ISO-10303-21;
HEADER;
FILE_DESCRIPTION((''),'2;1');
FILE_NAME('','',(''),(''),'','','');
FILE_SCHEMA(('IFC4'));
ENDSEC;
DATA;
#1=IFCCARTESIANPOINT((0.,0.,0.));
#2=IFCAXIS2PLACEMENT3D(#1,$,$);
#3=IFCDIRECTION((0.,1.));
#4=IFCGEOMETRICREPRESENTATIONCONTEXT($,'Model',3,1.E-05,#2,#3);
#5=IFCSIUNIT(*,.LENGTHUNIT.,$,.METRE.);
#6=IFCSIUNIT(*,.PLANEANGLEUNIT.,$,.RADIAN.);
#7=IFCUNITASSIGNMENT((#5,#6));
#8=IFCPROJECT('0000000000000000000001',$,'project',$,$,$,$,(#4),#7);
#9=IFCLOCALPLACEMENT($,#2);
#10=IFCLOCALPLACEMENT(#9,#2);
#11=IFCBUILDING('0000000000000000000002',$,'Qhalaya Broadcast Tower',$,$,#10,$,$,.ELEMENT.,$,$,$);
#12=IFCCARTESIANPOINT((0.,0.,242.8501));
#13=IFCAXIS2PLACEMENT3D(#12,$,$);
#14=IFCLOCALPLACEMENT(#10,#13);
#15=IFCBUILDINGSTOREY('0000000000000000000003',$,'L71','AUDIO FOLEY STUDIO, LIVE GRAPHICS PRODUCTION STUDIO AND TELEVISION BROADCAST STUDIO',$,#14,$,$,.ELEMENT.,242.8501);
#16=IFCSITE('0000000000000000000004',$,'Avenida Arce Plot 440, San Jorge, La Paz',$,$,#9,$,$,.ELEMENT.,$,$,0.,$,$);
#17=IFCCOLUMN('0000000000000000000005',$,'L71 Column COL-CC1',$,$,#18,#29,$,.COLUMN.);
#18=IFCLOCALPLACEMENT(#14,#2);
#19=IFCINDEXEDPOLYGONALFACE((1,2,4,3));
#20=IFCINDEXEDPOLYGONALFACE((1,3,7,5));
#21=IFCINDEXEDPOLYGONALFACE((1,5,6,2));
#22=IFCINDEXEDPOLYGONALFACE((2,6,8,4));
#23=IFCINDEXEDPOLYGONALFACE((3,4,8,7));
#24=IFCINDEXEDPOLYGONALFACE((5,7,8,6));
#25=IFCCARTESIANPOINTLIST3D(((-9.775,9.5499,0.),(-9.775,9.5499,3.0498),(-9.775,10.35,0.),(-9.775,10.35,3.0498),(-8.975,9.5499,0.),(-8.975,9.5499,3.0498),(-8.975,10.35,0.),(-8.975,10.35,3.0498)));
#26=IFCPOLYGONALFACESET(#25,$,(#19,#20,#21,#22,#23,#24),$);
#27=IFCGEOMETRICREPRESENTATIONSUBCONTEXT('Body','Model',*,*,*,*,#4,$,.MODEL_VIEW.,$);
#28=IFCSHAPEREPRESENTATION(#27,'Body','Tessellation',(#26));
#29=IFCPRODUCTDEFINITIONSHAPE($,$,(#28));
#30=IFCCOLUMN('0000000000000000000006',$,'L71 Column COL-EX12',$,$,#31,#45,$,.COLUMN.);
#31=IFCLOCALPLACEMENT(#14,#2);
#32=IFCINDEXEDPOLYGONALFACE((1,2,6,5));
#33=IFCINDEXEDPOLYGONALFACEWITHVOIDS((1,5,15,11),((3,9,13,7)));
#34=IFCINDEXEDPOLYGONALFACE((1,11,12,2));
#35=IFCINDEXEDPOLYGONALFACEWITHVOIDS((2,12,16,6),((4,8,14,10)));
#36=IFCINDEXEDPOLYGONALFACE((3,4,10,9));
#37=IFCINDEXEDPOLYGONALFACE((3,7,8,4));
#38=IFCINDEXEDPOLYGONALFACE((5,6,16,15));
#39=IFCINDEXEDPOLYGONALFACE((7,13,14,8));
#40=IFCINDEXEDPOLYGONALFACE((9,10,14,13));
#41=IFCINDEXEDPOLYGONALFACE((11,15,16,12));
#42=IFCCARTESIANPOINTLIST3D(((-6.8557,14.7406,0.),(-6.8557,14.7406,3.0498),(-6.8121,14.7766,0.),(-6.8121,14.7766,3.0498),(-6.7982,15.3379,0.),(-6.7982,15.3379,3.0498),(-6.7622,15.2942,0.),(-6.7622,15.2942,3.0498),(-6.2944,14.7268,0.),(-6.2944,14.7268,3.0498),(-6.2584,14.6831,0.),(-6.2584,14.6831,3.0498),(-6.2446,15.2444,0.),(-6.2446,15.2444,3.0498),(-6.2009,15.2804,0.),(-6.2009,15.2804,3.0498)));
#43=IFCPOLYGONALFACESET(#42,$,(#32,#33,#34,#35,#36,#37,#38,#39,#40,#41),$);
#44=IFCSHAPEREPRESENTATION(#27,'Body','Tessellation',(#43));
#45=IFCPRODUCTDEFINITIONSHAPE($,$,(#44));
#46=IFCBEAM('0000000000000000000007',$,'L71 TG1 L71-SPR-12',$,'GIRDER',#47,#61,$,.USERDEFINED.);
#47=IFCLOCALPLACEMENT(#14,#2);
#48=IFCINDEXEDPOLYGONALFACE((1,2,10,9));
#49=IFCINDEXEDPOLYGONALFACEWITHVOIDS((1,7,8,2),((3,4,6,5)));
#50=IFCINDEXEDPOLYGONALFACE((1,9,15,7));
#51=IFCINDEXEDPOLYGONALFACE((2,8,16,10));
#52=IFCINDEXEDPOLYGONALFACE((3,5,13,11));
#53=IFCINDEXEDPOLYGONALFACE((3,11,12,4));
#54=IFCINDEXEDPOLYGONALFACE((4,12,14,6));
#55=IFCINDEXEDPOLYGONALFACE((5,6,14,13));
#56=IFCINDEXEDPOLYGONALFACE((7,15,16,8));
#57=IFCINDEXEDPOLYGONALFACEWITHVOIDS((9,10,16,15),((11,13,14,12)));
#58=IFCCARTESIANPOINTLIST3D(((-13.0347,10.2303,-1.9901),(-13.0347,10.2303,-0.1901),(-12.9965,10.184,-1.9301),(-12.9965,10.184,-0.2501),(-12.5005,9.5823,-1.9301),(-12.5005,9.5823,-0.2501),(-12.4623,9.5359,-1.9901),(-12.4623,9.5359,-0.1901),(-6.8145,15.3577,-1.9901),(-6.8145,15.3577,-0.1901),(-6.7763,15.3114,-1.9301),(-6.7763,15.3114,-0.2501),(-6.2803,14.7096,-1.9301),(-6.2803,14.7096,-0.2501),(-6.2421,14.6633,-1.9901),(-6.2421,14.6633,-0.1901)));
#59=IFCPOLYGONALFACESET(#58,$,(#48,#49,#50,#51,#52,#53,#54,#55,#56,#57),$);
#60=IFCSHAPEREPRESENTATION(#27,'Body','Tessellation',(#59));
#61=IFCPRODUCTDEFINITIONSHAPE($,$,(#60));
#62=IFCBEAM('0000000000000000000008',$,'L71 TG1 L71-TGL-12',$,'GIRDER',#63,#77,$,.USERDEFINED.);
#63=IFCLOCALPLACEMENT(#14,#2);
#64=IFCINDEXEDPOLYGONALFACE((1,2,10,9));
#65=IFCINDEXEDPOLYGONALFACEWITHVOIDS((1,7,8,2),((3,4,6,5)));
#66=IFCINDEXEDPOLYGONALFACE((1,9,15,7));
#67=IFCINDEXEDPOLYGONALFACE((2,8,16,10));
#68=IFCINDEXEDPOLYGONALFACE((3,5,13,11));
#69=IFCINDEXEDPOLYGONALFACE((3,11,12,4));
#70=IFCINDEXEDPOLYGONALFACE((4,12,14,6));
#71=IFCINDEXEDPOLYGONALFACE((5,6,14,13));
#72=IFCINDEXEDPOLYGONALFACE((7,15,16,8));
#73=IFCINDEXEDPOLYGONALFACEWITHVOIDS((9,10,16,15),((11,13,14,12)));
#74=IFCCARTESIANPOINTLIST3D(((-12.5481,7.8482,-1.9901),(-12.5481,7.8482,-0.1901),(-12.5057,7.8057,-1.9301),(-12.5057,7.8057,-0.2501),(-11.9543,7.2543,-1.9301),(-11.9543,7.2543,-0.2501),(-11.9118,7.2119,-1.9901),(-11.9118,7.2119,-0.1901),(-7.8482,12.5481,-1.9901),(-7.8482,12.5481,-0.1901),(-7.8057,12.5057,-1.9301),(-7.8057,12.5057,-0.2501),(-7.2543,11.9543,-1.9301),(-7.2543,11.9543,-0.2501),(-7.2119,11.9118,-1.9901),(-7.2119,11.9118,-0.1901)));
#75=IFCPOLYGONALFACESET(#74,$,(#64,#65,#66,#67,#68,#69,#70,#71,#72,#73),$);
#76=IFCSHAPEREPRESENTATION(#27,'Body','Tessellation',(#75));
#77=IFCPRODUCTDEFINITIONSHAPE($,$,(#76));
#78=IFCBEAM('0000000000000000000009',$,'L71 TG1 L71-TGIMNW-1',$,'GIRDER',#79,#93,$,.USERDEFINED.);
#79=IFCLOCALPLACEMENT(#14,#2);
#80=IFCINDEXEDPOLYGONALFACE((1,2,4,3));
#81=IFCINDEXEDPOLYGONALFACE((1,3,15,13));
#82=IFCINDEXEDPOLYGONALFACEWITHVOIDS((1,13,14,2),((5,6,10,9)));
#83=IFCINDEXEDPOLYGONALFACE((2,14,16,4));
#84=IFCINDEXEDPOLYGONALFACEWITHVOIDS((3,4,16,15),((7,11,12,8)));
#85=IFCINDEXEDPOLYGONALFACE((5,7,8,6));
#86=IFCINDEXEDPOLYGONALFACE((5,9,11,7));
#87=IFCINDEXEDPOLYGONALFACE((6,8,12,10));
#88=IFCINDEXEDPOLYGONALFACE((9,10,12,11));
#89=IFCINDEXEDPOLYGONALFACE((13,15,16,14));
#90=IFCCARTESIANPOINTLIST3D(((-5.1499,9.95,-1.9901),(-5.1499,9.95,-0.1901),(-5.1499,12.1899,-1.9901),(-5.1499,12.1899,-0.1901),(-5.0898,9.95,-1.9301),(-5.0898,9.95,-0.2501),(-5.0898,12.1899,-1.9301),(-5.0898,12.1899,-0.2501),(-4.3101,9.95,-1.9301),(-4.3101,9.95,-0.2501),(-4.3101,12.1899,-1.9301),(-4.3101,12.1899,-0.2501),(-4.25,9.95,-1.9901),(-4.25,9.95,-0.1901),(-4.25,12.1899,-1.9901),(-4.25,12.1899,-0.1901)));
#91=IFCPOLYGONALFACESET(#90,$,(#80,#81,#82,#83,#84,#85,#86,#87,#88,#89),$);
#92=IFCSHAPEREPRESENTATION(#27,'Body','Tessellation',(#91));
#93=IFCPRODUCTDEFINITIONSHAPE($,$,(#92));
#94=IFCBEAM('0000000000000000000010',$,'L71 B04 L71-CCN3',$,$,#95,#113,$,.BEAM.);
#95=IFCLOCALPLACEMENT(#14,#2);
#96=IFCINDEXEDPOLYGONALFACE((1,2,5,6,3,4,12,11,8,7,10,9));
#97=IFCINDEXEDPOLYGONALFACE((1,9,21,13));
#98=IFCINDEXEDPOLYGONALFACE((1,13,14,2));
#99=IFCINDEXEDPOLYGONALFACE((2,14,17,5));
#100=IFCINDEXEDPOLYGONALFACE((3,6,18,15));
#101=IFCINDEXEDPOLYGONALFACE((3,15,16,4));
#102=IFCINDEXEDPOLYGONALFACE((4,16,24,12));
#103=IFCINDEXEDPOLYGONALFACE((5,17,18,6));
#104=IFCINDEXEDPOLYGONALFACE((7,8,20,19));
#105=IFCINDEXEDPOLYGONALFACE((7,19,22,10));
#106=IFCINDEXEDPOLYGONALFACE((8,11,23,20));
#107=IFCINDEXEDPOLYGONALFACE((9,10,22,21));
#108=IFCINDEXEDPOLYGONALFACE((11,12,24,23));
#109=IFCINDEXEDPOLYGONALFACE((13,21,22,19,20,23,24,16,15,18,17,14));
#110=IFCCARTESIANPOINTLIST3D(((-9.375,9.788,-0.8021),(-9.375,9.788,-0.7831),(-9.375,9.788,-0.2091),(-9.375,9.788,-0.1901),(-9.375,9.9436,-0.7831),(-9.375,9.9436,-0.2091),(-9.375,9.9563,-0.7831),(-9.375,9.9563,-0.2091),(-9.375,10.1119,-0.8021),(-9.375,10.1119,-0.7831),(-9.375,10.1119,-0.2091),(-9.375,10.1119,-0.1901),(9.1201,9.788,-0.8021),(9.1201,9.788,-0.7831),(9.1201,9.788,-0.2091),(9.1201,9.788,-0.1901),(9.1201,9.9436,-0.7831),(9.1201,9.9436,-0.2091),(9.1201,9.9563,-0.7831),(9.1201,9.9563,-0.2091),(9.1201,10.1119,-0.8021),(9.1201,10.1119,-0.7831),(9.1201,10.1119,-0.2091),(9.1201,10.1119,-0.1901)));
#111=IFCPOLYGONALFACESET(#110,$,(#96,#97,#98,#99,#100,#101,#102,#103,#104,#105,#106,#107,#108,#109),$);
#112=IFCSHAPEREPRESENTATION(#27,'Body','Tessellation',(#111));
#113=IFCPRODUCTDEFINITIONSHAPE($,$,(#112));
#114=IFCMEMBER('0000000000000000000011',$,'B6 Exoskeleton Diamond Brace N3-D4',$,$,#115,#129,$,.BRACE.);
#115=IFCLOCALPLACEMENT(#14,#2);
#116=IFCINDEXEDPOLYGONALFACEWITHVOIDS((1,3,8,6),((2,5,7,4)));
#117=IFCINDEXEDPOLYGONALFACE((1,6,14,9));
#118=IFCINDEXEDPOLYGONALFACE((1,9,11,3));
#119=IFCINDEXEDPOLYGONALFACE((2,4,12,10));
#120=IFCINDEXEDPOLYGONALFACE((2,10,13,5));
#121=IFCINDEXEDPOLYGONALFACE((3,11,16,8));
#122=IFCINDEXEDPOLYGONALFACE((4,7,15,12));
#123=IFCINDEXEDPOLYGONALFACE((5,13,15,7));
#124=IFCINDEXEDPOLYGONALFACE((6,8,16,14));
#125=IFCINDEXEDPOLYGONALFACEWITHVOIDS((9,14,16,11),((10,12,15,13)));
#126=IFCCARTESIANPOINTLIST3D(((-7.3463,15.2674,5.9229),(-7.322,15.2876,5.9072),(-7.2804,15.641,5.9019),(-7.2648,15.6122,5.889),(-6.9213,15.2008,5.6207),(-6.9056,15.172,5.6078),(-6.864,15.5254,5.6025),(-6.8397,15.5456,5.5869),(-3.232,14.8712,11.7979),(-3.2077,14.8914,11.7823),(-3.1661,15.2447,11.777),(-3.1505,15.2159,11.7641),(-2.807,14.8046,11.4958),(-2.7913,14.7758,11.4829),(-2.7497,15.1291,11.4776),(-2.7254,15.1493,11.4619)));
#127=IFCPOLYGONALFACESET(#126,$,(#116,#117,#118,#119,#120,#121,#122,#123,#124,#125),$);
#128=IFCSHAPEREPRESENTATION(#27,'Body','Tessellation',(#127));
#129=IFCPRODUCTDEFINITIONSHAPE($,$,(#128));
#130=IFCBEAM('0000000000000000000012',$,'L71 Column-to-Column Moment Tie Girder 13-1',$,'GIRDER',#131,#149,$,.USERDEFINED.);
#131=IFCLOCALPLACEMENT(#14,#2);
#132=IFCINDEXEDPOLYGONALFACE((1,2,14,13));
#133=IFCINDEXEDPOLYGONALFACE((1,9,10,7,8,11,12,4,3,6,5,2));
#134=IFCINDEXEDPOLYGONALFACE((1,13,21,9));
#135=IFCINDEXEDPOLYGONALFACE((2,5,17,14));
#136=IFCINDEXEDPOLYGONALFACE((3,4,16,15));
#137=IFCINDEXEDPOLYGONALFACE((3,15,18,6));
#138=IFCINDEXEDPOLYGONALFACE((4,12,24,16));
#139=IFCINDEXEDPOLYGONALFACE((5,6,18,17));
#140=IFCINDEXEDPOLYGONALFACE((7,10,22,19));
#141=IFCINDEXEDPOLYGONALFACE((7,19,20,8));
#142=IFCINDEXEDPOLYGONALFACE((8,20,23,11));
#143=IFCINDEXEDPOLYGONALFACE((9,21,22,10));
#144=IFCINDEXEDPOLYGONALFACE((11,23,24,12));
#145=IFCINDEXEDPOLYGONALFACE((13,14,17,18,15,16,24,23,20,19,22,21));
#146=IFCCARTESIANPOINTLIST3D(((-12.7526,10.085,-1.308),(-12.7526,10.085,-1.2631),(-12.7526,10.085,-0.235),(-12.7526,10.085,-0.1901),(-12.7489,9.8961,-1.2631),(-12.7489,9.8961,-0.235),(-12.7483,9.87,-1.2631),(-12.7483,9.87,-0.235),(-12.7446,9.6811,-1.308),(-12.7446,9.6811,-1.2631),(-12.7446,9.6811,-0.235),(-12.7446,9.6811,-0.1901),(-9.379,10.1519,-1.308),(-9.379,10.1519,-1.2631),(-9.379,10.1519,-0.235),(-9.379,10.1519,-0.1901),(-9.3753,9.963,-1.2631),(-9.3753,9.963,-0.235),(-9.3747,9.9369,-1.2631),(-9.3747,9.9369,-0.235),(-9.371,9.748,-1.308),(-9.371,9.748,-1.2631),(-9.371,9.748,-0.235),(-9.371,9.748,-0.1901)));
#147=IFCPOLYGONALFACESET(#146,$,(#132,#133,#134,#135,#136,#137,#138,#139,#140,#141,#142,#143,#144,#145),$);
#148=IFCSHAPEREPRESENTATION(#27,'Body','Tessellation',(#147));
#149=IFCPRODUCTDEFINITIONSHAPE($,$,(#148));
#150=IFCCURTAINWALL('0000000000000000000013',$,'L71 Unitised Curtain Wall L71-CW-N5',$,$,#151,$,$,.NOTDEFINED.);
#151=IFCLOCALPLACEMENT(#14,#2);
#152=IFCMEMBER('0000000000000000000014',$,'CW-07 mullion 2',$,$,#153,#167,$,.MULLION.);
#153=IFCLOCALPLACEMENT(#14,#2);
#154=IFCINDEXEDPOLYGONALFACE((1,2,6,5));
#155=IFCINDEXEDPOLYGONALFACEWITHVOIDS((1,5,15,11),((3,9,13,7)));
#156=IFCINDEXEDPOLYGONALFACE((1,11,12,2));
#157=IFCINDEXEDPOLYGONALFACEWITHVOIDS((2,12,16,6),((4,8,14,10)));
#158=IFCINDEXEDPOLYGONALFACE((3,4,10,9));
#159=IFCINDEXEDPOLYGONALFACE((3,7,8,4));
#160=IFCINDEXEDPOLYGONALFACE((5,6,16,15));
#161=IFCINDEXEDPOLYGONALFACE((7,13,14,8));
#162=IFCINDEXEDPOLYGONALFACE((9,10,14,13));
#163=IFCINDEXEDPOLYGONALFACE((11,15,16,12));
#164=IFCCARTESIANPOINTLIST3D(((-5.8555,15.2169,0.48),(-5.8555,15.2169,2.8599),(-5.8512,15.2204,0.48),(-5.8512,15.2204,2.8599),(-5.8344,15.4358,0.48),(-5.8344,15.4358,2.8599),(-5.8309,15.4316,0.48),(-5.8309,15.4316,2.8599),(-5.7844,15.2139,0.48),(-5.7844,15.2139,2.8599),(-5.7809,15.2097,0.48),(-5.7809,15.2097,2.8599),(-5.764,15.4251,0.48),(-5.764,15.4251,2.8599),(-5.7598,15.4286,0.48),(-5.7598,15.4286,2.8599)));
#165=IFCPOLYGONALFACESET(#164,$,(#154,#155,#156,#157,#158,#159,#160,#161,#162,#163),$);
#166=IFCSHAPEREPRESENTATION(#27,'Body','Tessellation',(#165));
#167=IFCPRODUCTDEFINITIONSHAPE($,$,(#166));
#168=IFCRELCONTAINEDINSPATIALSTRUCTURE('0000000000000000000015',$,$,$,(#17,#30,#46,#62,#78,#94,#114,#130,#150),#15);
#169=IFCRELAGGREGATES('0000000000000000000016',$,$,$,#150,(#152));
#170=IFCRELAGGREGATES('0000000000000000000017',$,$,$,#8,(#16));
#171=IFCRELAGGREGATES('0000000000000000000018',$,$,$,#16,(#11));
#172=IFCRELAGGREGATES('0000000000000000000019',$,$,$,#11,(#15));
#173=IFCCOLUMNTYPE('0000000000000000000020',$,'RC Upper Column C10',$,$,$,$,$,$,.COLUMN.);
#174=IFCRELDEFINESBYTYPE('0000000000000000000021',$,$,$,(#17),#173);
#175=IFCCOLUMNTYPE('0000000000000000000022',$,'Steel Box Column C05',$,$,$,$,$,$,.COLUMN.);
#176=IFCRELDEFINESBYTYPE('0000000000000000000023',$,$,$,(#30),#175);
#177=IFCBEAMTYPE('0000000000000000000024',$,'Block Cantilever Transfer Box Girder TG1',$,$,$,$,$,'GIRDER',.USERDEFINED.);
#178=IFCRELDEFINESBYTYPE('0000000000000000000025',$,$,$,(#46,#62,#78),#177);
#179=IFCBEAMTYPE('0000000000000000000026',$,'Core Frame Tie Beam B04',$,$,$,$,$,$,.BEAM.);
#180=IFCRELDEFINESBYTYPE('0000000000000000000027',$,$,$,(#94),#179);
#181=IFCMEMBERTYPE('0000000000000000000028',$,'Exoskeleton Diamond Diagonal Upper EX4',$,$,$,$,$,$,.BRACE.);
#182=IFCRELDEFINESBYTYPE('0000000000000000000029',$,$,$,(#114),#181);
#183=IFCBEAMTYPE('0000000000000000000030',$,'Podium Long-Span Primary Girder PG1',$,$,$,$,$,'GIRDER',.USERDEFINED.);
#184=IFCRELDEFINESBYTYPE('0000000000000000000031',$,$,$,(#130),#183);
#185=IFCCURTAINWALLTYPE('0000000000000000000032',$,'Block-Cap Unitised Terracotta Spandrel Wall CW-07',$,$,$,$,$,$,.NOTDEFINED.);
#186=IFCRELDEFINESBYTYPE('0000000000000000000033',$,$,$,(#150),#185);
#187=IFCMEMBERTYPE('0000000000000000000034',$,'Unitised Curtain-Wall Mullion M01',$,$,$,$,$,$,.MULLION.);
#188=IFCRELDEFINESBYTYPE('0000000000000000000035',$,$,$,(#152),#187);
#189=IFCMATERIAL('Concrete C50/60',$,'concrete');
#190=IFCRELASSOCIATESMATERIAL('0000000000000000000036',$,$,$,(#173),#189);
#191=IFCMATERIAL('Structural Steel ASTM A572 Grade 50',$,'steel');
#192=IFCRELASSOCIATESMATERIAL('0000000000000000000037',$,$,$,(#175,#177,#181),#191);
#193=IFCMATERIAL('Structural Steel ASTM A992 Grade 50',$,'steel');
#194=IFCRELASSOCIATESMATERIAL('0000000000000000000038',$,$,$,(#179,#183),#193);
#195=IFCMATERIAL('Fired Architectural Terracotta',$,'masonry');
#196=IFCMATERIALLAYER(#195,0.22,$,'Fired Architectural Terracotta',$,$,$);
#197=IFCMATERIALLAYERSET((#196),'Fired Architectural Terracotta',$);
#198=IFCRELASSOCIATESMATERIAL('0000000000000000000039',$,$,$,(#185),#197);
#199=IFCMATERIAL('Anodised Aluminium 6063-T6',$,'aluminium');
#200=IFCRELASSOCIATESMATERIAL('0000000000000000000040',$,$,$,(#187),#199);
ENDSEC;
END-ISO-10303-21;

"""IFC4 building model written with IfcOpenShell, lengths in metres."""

from ifc_helpers import new_model, si_unit, direction, frame, origin, origin_2d, place, context, subcontext, project, spatial, rectangle, hollow_rectangle, i_section, extrude, material, layer, layer_set, material_profile, profile_set, type_object, element, aggregate, save


model = new_model("IFC4")

# Units and contexts
model_context = context("Model", 3, precision=1e-05, world=origin(), true_north=direction((0.0, 1.0)))
body_context = subcontext(model_context, "Body", "Model", "MODEL_VIEW")
ifc_project = project(units=[si_unit("LENGTHUNIT", "METRE"), si_unit("PLANEANGLEUNIT", "RADIAN")], contexts=[model_context])

# Site, building, storey
site_placement = place(None, origin())
site = spatial("IfcSite", under=ifc_project, at=site_placement, Name="Avenida Arce Plot 440, San Jorge, La Paz", CompositionType="ELEMENT", RefElevation=0.0)
building_placement = place(site_placement, origin())
building = spatial("IfcBuilding", under=site, at=building_placement, Name="Qhalaya Broadcast Tower", CompositionType="ELEMENT")
storey_placement = place(building_placement, frame((0.0, 0.0, 242.8501)))
storey = spatial("IfcBuildingStorey", under=building, at=storey_placement, Name="L71", Description="AUDIO FOLEY STUDIO, LIVE GRAPHICS PRODUCTION STUDIO AND TELEVISION BROADCAST STUDIO", CompositionType="ELEMENT", Elevation=242.8501)

# Columns
ifc_material_1 = material(Name="Concrete C50/60", Category="concrete")
ifc_material_profile_1 = material_profile(ifc_material_1, rectangle(XDim=0.8, YDim=0.8, at=origin_2d()), Name="RC-COL 800x800")
ifc_profile_set_1 = profile_set([ifc_material_profile_1], Name="Concrete C50/60")
column_type_1 = type_object("IfcColumnType", Name="RC Upper Column C10", PredefinedType="COLUMN", material=ifc_profile_set_1)
column_1_placement = place(storey_placement, frame((-9.375, 9.95, 0.0), z_axis=(0.0, 0.0, 1.0), x_axis=(1.0, 0.0, 0.0)))
element("IfcColumn", 1, at=column_1_placement, inside=storey, type_object=column_type_1, Name="L71 Column COL-CC1", PredefinedType="COLUMN", context=body_context, shape_type="SweptSolid", body=[
    extrude(rectangle(XDim=0.8, YDim=0.8, at=origin_2d()), origin(), (0.0, 0.0, 1.0), 3.0498),
])
ifc_material_2 = material(Name="Structural Steel ASTM A572 Grade 50", Category="steel")
ifc_material_profile_2 = material_profile(ifc_material_2, hollow_rectangle(XDim=0.6001, YDim=0.6001, WallThickness=0.04, at=origin_2d()), Name="BOX 600x600x40")
ifc_profile_set_2 = profile_set([ifc_material_profile_2], Name="Structural Steel ASTM A572 Grade 50")
column_type_2 = type_object("IfcColumnType", Name="Steel Box Column C05", PredefinedType="COLUMN", material=ifc_profile_set_2)
column_2_placement = place(storey_placement, frame((-6.5283, 15.0105, 0.0), z_axis=(0.0, 0.0, 1.0), x_axis=(0.995396, -0.095846, 0.0)))
element("IfcColumn", 2, at=column_2_placement, inside=storey, type_object=column_type_2, Name="L71 Column COL-EX12", PredefinedType="COLUMN", context=body_context, shape_type="SweptSolid", body=[
    extrude(hollow_rectangle(XDim=0.6001, YDim=0.6001, WallThickness=0.04, at=origin_2d()), origin(), (0.0, 0.0, 1.0), 3.0498),
])

# Beams
ifc_material_profile_3 = material_profile(ifc_material_2, hollow_rectangle(XDim=0.8999, YDim=1.8, WallThickness=0.0601, at=origin_2d()), Name="BOX 900x1800x60")
ifc_profile_set_3 = profile_set([ifc_material_profile_3], Name="Structural Steel ASTM A572 Grade 50")
beam_type_1 = type_object("IfcBeamType", Name="Block Cantilever Transfer Box Girder TG1", ElementType="GIRDER", PredefinedType="USERDEFINED", material=ifc_profile_set_3)
beam_1_placement = place(storey_placement, frame((-6.5283, 15.0105, -1.0901), z_axis=(-0.771631, -0.63607, 0.0), x_axis=(0.63607, -0.771631, 0.0)))
element("IfcBeam", 3, at=beam_1_placement, inside=storey, type_object=beam_type_1, Name="L71 TG1 L71-SPR-12", ObjectType="GIRDER", PredefinedType="USERDEFINED", context=body_context, shape_type="SweptSolid", body=[
    extrude(hollow_rectangle(XDim=0.8999, YDim=1.8, WallThickness=0.0601, at=origin_2d()), origin(), (0.0, 0.0, 1.0), 8.061),
])
beam_2_placement = place(storey_placement, frame((-7.53, 12.23, -1.0901), z_axis=(-0.707107, -0.707107, 0.0), x_axis=(0.707107, -0.707107, 0.0)))
element("IfcBeam", 4, at=beam_2_placement, inside=storey, type_object=beam_type_1, Name="L71 TG1 L71-TGL-12", ObjectType="GIRDER", PredefinedType="USERDEFINED", context=body_context, shape_type="SweptSolid", body=[
    extrude(hollow_rectangle(XDim=0.8999, YDim=1.8, WallThickness=0.0601, at=origin_2d()), origin(), (0.0, 0.0, 1.0), 6.6467),
])
beam_3_placement = place(storey_placement, frame((-4.7, 9.95, -1.0901), z_axis=(0.0, 1.0, 0.0), x_axis=(-1.0, 0.0, 0.0)))
element("IfcBeam", 5, at=beam_3_placement, inside=storey, type_object=beam_type_1, Name="L71 TG1 L71-TGIMNW-1", ObjectType="GIRDER", PredefinedType="USERDEFINED", context=body_context, shape_type="SweptSolid", body=[
    extrude(hollow_rectangle(XDim=0.8999, YDim=1.8, WallThickness=0.0601, at=origin_2d()), origin(), (0.0, 0.0, 1.0), 2.24),
])
ifc_material_3 = material(Name="Structural Steel ASTM A992 Grade 50", Category="steel")
ifc_material_profile_4 = material_profile(ifc_material_3, i_section(OverallWidth=0.324, OverallDepth=0.6121, WebThickness=0.0127, FlangeThickness=0.019, at=origin_2d()), Name="W24X104")
ifc_profile_set_4 = profile_set([ifc_material_profile_4], Name="Structural Steel ASTM A992 Grade 50")
beam_type_2 = type_object("IfcBeamType", Name="Core Frame Tie Beam B04", PredefinedType="BEAM", material=ifc_profile_set_4)
beam_4_placement = place(storey_placement, frame((-9.375, 9.95, -0.4961), z_axis=(1.0, 0.0, 0.0), x_axis=(0.0, 1.0, 0.0)))
element("IfcBeam", 6, at=beam_4_placement, inside=storey, type_object=beam_type_2, Name="L71 B04 L71-CCN3", PredefinedType="BEAM", context=body_context, shape_type="SweptSolid", body=[
    extrude(i_section(OverallWidth=0.324, OverallDepth=0.6121, WebThickness=0.0127, FlangeThickness=0.019, at=origin_2d()), origin(), (0.0, 0.0, 1.0), 18.4951),
])

# Member
ifc_material_profile_5 = material_profile(ifc_material_2, hollow_rectangle(XDim=0.3799, YDim=0.55, WallThickness=0.0249, at=origin_2d()), Name="BOX 380x550x25")
ifc_profile_set_5 = profile_set([ifc_material_profile_5], Name="Structural Steel ASTM A572 Grade 50")
member_type_1 = type_object("IfcMemberType", Name="Exoskeleton Diamond Diagonal Upper EX4", PredefinedType="BRACE", material=ifc_profile_set_5)
member_1_placement = place(storey_placement, frame((-7.093, 15.4065, 5.7549), z_axis=(0.572753, -0.055161, 0.81787), x_axis=(0.173452, 0.983297, -0.05515)))
element("IfcMember", 7, at=member_1_placement, inside=storey, type_object=member_type_1, Name="B6 Exoskeleton Diamond Brace N3-D4", PredefinedType="BRACE", context=body_context, shape_type="SweptSolid", body=[
    extrude(hollow_rectangle(XDim=0.3799, YDim=0.55, WallThickness=0.0249, at=origin_2d()), origin(), (0.0, 0.0, 1.0), 7.1833),
])

# Beam
ifc_material_profile_6 = material_profile(ifc_material_3, i_section(OverallWidth=0.4041, OverallDepth=1.1179, WebThickness=0.0261, FlangeThickness=0.0449, at=origin_2d()), Name="W44X335")
ifc_profile_set_6 = profile_set([ifc_material_profile_6], Name="Structural Steel ASTM A992 Grade 50")
beam_type_3 = type_object("IfcBeamType", Name="Podium Long-Span Primary Girder PG1", ElementType="GIRDER", PredefinedType="USERDEFINED", material=ifc_profile_set_6)
beam_5_placement = place(storey_placement, frame((-9.375, 9.95, -0.749), z_axis=(-0.999803, -0.019825, 0.0), x_axis=(0.019825, -0.999803, 0.0)))
element("IfcBeam", 8, at=beam_5_placement, inside=storey, type_object=beam_type_3, Name="L71 Column-to-Column Moment Tie Girder 13-1", ObjectType="GIRDER", PredefinedType="USERDEFINED", context=body_context, shape_type="SweptSolid", body=[
    extrude(i_section(OverallWidth=0.4041, OverallDepth=1.1179, WebThickness=0.0261, FlangeThickness=0.0449, at=origin_2d()), origin(), (0.0, 0.0, 1.0), 3.3743),
])

# Curtain wall, member
ifc_material_4 = material(Name="Fired Architectural Terracotta", Category="masonry")
ifc_layer_1 = layer(ifc_material_4, 0.22, Name="Fired Architectural Terracotta")
ifc_layer_set_1 = layer_set([ifc_layer_1], Name="Fired Architectural Terracotta")
curtain_wall_type = type_object("IfcCurtainWallType", Name="Block-Cap Unitised Terracotta Spandrel Wall CW-07", PredefinedType="NOTDEFINED", material=ifc_layer_set_1)
curtain_wall_placement = place(storey_placement, origin())
curtain_wall = element("IfcCurtainWall", 9, at=curtain_wall_placement, inside=storey, type_object=curtain_wall_type, Name="L71 Unitised Curtain Wall L71-CW-N5", PredefinedType="NOTDEFINED")
ifc_material_5 = material(Name="Anodised Aluminium 6063-T6", Category="aluminium")
ifc_material_profile_7 = material_profile(ifc_material_5, hollow_rectangle(XDim=0.075, YDim=0.22, WallThickness=0.0039, at=origin_2d()), Name="ALU-MUL 75x220x4")
ifc_profile_set_7 = profile_set([ifc_material_profile_7], Name="Anodised Aluminium 6063-T6")
member_type_2 = type_object("IfcMemberType", Name="Unitised Curtain-Wall Mullion M01", PredefinedType="MULLION", material=ifc_profile_set_7)
member_2_placement = place(storey_placement, frame((-5.8076, 15.3228, 0.48), z_axis=(0.0, 0.0, 1.0), x_axis=(-0.995396, 0.095848, 0.0)))
member_2 = element("IfcMember", 10, at=member_2_placement, type_object=member_type_2, Name="CW-07 mullion 2", PredefinedType="MULLION", context=body_context, shape_type="SweptSolid", body=[
    extrude(hollow_rectangle(XDim=0.075, YDim=0.22, WallThickness=0.0039, at=origin_2d()), origin(), (0.0, 0.0, 1.0), 2.3799),
])
aggregate(curtain_wall, [member_2])

save(model, "model.ifc")
